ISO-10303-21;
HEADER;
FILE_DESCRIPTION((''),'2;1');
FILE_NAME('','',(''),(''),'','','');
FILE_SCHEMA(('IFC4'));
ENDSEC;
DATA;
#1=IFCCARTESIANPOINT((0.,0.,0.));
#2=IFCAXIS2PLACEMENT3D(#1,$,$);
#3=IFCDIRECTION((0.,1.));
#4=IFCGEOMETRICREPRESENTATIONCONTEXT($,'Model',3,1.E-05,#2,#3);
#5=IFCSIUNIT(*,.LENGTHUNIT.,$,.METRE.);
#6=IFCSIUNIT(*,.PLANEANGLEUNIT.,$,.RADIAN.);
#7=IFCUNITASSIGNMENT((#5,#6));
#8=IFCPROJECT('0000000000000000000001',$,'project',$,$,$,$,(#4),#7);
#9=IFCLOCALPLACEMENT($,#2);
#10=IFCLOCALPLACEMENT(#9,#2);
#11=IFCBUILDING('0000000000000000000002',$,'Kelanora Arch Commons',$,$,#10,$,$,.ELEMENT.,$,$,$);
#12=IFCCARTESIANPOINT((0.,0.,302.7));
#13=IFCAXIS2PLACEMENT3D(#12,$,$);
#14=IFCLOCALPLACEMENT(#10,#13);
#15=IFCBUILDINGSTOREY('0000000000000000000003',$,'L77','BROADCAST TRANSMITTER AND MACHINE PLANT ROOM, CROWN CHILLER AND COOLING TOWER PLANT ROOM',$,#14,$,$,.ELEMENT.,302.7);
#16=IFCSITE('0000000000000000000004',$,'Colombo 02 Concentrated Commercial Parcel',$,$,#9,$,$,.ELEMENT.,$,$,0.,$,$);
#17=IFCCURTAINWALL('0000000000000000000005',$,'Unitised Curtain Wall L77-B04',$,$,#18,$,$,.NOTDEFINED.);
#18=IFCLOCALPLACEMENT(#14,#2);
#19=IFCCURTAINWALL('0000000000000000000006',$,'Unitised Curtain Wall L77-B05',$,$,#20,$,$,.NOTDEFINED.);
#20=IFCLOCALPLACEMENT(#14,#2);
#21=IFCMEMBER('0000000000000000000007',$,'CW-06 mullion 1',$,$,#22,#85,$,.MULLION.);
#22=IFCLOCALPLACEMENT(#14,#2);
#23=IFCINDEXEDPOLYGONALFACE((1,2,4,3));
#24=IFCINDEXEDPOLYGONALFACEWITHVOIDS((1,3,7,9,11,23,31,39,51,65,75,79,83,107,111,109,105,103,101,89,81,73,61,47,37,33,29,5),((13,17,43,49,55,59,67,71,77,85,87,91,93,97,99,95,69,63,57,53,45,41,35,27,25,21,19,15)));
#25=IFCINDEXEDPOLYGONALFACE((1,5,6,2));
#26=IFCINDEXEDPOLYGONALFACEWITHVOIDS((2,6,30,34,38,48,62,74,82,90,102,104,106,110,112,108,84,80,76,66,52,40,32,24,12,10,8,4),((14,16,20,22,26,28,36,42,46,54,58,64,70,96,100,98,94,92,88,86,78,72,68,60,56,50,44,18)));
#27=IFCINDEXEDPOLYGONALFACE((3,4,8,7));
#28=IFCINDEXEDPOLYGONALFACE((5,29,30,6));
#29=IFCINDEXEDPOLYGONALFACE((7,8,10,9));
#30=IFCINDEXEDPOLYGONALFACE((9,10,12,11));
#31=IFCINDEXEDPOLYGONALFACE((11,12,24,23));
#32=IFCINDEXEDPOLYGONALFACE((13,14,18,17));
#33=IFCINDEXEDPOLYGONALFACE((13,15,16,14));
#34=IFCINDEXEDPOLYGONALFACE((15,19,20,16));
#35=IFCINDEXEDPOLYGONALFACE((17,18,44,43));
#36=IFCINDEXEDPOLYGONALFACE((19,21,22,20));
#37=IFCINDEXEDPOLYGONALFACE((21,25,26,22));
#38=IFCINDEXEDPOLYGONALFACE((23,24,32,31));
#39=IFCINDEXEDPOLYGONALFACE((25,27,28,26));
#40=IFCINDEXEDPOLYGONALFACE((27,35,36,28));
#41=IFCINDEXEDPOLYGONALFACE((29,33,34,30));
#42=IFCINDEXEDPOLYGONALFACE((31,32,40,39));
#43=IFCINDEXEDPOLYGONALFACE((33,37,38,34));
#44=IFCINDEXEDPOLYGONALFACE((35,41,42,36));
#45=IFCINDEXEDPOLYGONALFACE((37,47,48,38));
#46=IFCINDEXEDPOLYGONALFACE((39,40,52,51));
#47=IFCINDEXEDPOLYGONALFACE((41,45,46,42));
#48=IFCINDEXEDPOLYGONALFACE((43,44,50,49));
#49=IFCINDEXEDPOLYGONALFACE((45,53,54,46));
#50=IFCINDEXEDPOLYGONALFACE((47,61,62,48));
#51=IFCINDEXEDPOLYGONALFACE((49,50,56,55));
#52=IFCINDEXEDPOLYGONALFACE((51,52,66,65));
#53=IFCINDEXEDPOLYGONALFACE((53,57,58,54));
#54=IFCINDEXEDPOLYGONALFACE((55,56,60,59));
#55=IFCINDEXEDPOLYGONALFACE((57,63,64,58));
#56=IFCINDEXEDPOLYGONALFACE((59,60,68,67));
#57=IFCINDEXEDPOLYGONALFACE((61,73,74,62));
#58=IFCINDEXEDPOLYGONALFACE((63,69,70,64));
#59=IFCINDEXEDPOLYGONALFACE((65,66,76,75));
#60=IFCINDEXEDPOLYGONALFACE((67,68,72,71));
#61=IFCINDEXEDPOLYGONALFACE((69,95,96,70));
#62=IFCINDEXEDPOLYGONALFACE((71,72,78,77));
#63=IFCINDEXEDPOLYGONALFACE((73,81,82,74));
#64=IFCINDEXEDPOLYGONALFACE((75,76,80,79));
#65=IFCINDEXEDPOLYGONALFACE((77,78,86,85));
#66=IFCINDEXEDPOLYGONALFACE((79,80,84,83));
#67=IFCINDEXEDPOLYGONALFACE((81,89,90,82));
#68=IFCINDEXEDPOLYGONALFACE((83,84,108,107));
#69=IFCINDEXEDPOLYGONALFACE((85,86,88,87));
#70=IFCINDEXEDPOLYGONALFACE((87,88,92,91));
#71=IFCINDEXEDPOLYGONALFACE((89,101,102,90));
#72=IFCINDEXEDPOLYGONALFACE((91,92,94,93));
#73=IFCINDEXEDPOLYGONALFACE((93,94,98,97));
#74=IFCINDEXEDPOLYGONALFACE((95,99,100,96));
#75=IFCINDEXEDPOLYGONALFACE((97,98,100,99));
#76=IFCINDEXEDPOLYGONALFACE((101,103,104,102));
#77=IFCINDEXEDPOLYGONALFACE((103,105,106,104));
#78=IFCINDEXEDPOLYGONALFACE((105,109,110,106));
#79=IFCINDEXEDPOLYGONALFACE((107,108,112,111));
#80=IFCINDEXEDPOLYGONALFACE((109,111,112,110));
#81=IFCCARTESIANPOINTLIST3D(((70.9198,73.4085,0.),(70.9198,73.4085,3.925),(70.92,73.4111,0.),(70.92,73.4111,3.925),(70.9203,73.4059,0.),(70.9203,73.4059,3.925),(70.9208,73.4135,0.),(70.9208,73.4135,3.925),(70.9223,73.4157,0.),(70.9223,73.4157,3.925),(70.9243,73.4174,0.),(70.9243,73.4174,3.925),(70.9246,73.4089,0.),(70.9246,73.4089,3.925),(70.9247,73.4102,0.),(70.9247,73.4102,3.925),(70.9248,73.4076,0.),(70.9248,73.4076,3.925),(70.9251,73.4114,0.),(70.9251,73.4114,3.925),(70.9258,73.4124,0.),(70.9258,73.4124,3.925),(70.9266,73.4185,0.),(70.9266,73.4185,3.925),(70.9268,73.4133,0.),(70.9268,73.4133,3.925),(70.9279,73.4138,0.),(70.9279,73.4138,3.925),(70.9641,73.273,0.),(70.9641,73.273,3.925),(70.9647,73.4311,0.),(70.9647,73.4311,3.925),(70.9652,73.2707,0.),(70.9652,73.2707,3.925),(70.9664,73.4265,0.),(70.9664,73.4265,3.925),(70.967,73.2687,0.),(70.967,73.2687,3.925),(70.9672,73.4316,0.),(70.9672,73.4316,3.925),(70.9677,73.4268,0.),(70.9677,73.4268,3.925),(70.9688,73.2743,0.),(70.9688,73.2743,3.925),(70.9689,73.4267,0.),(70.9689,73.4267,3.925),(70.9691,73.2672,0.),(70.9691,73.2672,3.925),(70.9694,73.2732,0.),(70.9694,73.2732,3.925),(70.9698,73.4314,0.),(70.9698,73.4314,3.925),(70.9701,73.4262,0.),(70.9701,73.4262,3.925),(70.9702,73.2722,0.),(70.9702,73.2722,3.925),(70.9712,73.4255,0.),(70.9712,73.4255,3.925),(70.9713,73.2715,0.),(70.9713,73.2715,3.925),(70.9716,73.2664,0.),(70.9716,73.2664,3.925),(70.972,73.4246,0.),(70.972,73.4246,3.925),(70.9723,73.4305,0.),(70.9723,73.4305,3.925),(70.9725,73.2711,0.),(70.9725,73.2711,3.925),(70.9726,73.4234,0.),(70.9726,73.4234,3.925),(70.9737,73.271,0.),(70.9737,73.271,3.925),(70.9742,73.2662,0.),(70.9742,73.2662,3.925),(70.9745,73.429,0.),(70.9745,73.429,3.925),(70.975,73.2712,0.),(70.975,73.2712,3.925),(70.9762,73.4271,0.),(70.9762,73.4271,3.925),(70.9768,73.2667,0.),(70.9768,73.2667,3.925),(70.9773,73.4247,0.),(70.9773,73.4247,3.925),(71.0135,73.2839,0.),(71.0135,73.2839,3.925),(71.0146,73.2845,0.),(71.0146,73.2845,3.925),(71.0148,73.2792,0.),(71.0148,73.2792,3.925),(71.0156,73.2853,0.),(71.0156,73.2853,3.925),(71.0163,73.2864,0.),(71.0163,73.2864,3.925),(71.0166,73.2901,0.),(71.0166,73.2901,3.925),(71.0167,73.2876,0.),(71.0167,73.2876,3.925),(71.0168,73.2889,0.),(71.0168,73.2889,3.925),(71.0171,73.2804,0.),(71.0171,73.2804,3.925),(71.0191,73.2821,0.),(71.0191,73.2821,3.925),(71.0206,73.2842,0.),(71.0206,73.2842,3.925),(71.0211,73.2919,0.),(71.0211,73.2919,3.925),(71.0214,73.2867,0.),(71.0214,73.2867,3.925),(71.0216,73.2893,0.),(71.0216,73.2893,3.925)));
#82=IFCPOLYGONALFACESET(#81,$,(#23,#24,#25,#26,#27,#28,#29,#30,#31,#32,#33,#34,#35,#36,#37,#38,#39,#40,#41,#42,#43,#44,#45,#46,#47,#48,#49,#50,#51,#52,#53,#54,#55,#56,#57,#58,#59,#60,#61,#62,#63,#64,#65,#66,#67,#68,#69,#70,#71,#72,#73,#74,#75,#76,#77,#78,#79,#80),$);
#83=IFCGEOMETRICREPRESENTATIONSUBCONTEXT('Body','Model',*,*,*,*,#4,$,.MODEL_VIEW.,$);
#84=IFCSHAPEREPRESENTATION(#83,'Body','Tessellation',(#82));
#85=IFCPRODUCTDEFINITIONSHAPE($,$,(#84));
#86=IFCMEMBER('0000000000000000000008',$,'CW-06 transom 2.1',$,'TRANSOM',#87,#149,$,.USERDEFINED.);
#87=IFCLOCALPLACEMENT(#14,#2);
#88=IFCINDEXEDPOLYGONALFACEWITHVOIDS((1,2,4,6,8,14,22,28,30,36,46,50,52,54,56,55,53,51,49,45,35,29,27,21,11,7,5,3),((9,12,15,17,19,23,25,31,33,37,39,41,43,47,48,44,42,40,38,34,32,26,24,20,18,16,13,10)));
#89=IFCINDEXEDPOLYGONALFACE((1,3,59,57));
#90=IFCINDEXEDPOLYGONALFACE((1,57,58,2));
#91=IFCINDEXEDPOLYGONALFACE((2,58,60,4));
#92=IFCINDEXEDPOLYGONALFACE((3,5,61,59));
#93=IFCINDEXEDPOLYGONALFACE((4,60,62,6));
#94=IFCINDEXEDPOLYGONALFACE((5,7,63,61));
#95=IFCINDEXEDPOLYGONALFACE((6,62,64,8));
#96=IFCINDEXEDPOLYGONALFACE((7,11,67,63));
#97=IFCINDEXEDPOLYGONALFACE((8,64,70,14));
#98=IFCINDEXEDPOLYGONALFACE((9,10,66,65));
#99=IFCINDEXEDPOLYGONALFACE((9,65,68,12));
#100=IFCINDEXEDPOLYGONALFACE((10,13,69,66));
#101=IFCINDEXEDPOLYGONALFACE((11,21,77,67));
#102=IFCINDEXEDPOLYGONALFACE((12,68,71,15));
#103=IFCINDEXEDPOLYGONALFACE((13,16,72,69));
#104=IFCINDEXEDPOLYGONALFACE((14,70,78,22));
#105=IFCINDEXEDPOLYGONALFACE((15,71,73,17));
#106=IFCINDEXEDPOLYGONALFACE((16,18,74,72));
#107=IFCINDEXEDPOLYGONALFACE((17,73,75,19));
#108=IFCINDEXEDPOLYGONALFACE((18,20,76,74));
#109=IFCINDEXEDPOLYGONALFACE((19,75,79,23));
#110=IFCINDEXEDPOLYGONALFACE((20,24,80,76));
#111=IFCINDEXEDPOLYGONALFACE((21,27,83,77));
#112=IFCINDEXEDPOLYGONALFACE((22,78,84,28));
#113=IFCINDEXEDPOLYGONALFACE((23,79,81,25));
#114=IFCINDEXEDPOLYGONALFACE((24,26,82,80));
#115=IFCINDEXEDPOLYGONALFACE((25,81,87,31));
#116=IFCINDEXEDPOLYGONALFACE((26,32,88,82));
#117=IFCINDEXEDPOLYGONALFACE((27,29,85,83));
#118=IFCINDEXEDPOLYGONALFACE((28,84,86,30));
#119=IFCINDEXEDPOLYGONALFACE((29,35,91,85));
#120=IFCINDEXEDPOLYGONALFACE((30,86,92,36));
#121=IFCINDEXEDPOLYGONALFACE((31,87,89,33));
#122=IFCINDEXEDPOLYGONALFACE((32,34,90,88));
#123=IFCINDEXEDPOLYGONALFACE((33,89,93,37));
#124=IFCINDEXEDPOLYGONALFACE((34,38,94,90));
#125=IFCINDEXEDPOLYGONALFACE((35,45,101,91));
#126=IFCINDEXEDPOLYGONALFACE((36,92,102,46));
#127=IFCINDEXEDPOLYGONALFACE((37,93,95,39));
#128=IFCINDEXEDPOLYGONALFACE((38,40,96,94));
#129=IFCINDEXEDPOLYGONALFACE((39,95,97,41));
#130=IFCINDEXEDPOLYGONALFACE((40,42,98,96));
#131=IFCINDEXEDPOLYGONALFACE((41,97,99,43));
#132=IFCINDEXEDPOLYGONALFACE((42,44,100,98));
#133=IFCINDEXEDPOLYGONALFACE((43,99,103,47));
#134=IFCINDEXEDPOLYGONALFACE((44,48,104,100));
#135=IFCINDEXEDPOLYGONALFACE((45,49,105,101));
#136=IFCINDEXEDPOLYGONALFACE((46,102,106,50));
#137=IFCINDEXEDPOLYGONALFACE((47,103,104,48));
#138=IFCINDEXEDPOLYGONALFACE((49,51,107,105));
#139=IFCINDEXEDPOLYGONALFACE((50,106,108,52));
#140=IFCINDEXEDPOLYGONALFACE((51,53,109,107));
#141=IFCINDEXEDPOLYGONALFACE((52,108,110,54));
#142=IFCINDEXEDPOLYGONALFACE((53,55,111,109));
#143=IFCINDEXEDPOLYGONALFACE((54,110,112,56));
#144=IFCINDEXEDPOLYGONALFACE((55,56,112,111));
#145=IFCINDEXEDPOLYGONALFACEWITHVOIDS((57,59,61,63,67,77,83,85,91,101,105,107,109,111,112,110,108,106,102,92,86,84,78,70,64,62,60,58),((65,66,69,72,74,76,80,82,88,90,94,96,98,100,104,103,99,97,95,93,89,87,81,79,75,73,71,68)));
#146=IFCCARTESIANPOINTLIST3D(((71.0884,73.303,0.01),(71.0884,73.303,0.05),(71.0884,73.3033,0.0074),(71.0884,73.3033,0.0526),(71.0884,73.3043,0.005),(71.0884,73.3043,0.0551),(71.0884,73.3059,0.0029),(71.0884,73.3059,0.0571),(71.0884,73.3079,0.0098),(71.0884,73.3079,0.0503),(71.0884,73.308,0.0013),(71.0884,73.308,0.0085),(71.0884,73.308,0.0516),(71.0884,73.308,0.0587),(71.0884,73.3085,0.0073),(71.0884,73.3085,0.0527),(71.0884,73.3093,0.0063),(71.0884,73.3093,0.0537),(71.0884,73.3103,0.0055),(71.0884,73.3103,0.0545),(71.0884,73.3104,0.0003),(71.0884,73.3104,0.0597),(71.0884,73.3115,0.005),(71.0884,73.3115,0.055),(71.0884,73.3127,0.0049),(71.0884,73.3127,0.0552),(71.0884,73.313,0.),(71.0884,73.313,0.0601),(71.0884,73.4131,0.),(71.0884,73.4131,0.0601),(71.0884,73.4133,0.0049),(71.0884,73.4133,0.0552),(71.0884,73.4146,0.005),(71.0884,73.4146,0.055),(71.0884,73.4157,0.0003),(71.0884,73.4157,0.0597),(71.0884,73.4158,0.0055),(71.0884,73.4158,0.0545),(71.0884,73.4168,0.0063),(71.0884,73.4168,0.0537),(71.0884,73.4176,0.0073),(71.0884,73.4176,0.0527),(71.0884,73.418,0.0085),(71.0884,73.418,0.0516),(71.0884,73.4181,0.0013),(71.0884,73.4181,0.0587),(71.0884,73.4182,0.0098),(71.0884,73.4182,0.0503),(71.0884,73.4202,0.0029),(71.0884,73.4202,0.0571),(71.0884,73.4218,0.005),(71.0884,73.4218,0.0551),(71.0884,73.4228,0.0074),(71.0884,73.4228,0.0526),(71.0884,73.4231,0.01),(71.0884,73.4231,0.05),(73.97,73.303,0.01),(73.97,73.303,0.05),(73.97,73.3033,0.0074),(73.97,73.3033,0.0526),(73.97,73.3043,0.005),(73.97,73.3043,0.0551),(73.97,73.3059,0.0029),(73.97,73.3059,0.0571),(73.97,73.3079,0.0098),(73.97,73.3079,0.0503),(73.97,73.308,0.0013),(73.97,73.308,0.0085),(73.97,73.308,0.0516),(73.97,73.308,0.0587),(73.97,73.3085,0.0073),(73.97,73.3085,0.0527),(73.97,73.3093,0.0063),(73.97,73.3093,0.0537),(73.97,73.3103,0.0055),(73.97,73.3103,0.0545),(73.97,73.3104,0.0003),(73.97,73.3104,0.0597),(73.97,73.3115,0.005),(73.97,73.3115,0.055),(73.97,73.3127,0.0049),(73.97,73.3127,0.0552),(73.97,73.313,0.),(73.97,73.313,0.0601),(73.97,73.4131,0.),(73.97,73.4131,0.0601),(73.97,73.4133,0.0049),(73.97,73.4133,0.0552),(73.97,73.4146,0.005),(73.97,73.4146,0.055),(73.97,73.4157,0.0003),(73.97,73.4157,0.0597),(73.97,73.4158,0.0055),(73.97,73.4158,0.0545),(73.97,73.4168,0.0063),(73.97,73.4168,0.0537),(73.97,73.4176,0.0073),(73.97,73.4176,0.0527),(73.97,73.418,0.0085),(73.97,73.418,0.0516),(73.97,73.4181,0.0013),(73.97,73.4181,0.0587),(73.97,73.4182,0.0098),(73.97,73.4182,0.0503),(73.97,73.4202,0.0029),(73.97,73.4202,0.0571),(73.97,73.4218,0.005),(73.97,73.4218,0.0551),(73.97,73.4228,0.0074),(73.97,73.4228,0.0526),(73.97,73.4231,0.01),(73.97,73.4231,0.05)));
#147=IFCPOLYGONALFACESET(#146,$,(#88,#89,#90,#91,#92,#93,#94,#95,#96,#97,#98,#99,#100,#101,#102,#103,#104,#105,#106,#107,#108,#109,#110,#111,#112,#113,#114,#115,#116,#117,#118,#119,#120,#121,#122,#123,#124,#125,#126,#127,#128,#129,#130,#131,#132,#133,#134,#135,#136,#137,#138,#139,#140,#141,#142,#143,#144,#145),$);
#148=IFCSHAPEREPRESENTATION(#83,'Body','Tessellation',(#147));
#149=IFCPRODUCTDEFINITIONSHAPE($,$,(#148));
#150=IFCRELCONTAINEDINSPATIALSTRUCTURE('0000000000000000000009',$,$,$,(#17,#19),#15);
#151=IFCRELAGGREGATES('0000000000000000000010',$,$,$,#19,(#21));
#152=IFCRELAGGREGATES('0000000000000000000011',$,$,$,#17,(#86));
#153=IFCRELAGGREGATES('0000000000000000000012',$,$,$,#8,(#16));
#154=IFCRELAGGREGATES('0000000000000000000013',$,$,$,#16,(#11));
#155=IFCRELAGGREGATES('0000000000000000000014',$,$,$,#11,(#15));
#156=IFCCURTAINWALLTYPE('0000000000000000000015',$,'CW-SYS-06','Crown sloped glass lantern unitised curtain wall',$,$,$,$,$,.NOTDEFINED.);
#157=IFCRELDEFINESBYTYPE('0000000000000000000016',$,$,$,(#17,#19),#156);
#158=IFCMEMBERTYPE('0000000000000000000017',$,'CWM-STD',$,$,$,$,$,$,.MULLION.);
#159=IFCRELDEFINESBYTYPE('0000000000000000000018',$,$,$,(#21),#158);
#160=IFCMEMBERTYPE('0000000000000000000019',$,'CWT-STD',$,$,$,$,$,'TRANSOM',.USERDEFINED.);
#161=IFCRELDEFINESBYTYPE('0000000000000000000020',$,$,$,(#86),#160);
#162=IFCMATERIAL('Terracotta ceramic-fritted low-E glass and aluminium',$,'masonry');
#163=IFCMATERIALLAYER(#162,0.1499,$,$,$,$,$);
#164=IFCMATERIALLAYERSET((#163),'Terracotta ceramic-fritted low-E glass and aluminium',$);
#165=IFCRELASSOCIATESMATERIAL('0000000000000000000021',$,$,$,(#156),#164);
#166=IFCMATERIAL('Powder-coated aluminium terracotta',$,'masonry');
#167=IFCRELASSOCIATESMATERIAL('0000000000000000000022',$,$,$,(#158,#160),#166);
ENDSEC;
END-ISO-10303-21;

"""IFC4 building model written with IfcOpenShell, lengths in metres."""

from ifc_helpers import new_model, si_unit, direction, frame, origin, origin_2d, place, context, subcontext, project, spatial, hollow_rectangle, extrude, material, layer, layer_set, material_profile, profile_set, type_object, element, aggregate, save


model = new_model("IFC4")

# Units and contexts
model_context = context("Model", 3, precision=1e-05, world=origin(), true_north=direction((0.0, 1.0)))
body_context = subcontext(model_context, "Body", "Model", "MODEL_VIEW")
ifc_project = project(units=[si_unit("LENGTHUNIT", "METRE"), si_unit("PLANEANGLEUNIT", "RADIAN")], contexts=[model_context])

# Site, building, storey
site_placement = place(None, origin())
site = spatial("IfcSite", under=ifc_project, at=site_placement, Name="Colombo 02 Concentrated Commercial Parcel", CompositionType="ELEMENT", RefElevation=0.0)
building_placement = place(site_placement, origin())
building = spatial("IfcBuilding", under=site, at=building_placement, Name="Kelanora Arch Commons", CompositionType="ELEMENT")
storey_placement = place(building_placement, frame((0.0, 0.0, 302.7)))
storey = spatial("IfcBuildingStorey", under=building, at=storey_placement, Name="L77", Description="BROADCAST TRANSMITTER AND MACHINE PLANT ROOM, CROWN CHILLER AND COOLING TOWER PLANT ROOM", CompositionType="ELEMENT", Elevation=302.7)

# Curtain walls, member
ifc_material_1 = material(Name="Terracotta ceramic-fritted low-E glass and aluminium", Category="masonry")
ifc_layer_1 = layer(ifc_material_1, 0.1499)
ifc_layer_set_1 = layer_set([ifc_layer_1], Name="Terracotta ceramic-fritted low-E glass and aluminium")
curtain_wall_type = type_object("IfcCurtainWallType", Name="CW-SYS-06", Description="Crown sloped glass lantern unitised curtain wall", PredefinedType="NOTDEFINED", material=ifc_layer_set_1)
curtain_wall_1_placement = place(storey_placement, origin())
curtain_wall_1 = element("IfcCurtainWall", 1, at=curtain_wall_1_placement, inside=storey, type_object=curtain_wall_type, Name="Unitised Curtain Wall L77-B04", PredefinedType="NOTDEFINED")
ifc_material_2 = material(Name="Powder-coated aluminium terracotta", Category="masonry")
ifc_material_profile_1 = material_profile(ifc_material_2, hollow_rectangle(XDim=0.1599, YDim=0.0601, WallThickness=0.0049, InnerFilletRadius=0.0049, OuterFilletRadius=0.01, at=origin_2d()), Name="CWM160x60")
ifc_profile_set_1 = profile_set([ifc_material_profile_1], Name="Powder-coated aluminium terracotta")
member_type_1 = type_object("IfcMemberType", Name="CWM-STD", PredefinedType="MULLION", material=ifc_profile_set_1)
curtain_wall_2_placement = place(storey_placement, origin())
curtain_wall_2 = element("IfcCurtainWall", 2, at=curtain_wall_2_placement, inside=storey, type_object=curtain_wall_type, Name="Unitised Curtain Wall L77-B05", PredefinedType="NOTDEFINED")
member_1_placement = place(storey_placement, frame((70.9707, 73.3489, 0.0), z_axis=(0.0, 0.0, 1.0), x_axis=(0.313467, -0.949599, 0.0)))
member_1 = element("IfcMember", 3, at=member_1_placement, type_object=member_type_1, Name="CW-06 mullion 1", PredefinedType="MULLION", context=body_context, shape_type="SweptSolid", body=[
    extrude(hollow_rectangle(XDim=0.1599, YDim=0.0601, WallThickness=0.0049, InnerFilletRadius=0.0049, OuterFilletRadius=0.01, at=origin_2d()), origin(), (0.0, 0.0, 1.0), 3.925),
])

# Member
ifc_material_profile_2 = material_profile(ifc_material_2, hollow_rectangle(XDim=0.1201, YDim=0.0601, WallThickness=0.0049, InnerFilletRadius=0.0049, OuterFilletRadius=0.01, at=origin_2d()), Name="CWT120x60")
ifc_profile_set_2 = profile_set([ifc_material_profile_2], Name="Powder-coated aluminium terracotta")
member_type_2 = type_object("IfcMemberType", Name="CWT-STD", ElementType="TRANSOM", PredefinedType="USERDEFINED", material=ifc_profile_set_2)
member_2_placement = place(storey_placement, frame((73.97, 73.363, 0.03), z_axis=(-1.0, 0.0, 0.0), x_axis=(0.0, -1.0, 0.0)))
member_2 = element("IfcMember", 4, at=member_2_placement, type_object=member_type_2, Name="CW-06 transom 2.1", ObjectType="TRANSOM", PredefinedType="USERDEFINED", context=body_context, shape_type="SweptSolid", body=[
    extrude(hollow_rectangle(XDim=0.1201, YDim=0.0601, WallThickness=0.0049, InnerFilletRadius=0.0049, OuterFilletRadius=0.01, at=origin_2d()), origin(), (0.0, 0.0, 1.0), 2.8816),
])

aggregate(curtain_wall_2, [member_1])
aggregate(curtain_wall_1, [member_2])

save(model, "model.ifc")
